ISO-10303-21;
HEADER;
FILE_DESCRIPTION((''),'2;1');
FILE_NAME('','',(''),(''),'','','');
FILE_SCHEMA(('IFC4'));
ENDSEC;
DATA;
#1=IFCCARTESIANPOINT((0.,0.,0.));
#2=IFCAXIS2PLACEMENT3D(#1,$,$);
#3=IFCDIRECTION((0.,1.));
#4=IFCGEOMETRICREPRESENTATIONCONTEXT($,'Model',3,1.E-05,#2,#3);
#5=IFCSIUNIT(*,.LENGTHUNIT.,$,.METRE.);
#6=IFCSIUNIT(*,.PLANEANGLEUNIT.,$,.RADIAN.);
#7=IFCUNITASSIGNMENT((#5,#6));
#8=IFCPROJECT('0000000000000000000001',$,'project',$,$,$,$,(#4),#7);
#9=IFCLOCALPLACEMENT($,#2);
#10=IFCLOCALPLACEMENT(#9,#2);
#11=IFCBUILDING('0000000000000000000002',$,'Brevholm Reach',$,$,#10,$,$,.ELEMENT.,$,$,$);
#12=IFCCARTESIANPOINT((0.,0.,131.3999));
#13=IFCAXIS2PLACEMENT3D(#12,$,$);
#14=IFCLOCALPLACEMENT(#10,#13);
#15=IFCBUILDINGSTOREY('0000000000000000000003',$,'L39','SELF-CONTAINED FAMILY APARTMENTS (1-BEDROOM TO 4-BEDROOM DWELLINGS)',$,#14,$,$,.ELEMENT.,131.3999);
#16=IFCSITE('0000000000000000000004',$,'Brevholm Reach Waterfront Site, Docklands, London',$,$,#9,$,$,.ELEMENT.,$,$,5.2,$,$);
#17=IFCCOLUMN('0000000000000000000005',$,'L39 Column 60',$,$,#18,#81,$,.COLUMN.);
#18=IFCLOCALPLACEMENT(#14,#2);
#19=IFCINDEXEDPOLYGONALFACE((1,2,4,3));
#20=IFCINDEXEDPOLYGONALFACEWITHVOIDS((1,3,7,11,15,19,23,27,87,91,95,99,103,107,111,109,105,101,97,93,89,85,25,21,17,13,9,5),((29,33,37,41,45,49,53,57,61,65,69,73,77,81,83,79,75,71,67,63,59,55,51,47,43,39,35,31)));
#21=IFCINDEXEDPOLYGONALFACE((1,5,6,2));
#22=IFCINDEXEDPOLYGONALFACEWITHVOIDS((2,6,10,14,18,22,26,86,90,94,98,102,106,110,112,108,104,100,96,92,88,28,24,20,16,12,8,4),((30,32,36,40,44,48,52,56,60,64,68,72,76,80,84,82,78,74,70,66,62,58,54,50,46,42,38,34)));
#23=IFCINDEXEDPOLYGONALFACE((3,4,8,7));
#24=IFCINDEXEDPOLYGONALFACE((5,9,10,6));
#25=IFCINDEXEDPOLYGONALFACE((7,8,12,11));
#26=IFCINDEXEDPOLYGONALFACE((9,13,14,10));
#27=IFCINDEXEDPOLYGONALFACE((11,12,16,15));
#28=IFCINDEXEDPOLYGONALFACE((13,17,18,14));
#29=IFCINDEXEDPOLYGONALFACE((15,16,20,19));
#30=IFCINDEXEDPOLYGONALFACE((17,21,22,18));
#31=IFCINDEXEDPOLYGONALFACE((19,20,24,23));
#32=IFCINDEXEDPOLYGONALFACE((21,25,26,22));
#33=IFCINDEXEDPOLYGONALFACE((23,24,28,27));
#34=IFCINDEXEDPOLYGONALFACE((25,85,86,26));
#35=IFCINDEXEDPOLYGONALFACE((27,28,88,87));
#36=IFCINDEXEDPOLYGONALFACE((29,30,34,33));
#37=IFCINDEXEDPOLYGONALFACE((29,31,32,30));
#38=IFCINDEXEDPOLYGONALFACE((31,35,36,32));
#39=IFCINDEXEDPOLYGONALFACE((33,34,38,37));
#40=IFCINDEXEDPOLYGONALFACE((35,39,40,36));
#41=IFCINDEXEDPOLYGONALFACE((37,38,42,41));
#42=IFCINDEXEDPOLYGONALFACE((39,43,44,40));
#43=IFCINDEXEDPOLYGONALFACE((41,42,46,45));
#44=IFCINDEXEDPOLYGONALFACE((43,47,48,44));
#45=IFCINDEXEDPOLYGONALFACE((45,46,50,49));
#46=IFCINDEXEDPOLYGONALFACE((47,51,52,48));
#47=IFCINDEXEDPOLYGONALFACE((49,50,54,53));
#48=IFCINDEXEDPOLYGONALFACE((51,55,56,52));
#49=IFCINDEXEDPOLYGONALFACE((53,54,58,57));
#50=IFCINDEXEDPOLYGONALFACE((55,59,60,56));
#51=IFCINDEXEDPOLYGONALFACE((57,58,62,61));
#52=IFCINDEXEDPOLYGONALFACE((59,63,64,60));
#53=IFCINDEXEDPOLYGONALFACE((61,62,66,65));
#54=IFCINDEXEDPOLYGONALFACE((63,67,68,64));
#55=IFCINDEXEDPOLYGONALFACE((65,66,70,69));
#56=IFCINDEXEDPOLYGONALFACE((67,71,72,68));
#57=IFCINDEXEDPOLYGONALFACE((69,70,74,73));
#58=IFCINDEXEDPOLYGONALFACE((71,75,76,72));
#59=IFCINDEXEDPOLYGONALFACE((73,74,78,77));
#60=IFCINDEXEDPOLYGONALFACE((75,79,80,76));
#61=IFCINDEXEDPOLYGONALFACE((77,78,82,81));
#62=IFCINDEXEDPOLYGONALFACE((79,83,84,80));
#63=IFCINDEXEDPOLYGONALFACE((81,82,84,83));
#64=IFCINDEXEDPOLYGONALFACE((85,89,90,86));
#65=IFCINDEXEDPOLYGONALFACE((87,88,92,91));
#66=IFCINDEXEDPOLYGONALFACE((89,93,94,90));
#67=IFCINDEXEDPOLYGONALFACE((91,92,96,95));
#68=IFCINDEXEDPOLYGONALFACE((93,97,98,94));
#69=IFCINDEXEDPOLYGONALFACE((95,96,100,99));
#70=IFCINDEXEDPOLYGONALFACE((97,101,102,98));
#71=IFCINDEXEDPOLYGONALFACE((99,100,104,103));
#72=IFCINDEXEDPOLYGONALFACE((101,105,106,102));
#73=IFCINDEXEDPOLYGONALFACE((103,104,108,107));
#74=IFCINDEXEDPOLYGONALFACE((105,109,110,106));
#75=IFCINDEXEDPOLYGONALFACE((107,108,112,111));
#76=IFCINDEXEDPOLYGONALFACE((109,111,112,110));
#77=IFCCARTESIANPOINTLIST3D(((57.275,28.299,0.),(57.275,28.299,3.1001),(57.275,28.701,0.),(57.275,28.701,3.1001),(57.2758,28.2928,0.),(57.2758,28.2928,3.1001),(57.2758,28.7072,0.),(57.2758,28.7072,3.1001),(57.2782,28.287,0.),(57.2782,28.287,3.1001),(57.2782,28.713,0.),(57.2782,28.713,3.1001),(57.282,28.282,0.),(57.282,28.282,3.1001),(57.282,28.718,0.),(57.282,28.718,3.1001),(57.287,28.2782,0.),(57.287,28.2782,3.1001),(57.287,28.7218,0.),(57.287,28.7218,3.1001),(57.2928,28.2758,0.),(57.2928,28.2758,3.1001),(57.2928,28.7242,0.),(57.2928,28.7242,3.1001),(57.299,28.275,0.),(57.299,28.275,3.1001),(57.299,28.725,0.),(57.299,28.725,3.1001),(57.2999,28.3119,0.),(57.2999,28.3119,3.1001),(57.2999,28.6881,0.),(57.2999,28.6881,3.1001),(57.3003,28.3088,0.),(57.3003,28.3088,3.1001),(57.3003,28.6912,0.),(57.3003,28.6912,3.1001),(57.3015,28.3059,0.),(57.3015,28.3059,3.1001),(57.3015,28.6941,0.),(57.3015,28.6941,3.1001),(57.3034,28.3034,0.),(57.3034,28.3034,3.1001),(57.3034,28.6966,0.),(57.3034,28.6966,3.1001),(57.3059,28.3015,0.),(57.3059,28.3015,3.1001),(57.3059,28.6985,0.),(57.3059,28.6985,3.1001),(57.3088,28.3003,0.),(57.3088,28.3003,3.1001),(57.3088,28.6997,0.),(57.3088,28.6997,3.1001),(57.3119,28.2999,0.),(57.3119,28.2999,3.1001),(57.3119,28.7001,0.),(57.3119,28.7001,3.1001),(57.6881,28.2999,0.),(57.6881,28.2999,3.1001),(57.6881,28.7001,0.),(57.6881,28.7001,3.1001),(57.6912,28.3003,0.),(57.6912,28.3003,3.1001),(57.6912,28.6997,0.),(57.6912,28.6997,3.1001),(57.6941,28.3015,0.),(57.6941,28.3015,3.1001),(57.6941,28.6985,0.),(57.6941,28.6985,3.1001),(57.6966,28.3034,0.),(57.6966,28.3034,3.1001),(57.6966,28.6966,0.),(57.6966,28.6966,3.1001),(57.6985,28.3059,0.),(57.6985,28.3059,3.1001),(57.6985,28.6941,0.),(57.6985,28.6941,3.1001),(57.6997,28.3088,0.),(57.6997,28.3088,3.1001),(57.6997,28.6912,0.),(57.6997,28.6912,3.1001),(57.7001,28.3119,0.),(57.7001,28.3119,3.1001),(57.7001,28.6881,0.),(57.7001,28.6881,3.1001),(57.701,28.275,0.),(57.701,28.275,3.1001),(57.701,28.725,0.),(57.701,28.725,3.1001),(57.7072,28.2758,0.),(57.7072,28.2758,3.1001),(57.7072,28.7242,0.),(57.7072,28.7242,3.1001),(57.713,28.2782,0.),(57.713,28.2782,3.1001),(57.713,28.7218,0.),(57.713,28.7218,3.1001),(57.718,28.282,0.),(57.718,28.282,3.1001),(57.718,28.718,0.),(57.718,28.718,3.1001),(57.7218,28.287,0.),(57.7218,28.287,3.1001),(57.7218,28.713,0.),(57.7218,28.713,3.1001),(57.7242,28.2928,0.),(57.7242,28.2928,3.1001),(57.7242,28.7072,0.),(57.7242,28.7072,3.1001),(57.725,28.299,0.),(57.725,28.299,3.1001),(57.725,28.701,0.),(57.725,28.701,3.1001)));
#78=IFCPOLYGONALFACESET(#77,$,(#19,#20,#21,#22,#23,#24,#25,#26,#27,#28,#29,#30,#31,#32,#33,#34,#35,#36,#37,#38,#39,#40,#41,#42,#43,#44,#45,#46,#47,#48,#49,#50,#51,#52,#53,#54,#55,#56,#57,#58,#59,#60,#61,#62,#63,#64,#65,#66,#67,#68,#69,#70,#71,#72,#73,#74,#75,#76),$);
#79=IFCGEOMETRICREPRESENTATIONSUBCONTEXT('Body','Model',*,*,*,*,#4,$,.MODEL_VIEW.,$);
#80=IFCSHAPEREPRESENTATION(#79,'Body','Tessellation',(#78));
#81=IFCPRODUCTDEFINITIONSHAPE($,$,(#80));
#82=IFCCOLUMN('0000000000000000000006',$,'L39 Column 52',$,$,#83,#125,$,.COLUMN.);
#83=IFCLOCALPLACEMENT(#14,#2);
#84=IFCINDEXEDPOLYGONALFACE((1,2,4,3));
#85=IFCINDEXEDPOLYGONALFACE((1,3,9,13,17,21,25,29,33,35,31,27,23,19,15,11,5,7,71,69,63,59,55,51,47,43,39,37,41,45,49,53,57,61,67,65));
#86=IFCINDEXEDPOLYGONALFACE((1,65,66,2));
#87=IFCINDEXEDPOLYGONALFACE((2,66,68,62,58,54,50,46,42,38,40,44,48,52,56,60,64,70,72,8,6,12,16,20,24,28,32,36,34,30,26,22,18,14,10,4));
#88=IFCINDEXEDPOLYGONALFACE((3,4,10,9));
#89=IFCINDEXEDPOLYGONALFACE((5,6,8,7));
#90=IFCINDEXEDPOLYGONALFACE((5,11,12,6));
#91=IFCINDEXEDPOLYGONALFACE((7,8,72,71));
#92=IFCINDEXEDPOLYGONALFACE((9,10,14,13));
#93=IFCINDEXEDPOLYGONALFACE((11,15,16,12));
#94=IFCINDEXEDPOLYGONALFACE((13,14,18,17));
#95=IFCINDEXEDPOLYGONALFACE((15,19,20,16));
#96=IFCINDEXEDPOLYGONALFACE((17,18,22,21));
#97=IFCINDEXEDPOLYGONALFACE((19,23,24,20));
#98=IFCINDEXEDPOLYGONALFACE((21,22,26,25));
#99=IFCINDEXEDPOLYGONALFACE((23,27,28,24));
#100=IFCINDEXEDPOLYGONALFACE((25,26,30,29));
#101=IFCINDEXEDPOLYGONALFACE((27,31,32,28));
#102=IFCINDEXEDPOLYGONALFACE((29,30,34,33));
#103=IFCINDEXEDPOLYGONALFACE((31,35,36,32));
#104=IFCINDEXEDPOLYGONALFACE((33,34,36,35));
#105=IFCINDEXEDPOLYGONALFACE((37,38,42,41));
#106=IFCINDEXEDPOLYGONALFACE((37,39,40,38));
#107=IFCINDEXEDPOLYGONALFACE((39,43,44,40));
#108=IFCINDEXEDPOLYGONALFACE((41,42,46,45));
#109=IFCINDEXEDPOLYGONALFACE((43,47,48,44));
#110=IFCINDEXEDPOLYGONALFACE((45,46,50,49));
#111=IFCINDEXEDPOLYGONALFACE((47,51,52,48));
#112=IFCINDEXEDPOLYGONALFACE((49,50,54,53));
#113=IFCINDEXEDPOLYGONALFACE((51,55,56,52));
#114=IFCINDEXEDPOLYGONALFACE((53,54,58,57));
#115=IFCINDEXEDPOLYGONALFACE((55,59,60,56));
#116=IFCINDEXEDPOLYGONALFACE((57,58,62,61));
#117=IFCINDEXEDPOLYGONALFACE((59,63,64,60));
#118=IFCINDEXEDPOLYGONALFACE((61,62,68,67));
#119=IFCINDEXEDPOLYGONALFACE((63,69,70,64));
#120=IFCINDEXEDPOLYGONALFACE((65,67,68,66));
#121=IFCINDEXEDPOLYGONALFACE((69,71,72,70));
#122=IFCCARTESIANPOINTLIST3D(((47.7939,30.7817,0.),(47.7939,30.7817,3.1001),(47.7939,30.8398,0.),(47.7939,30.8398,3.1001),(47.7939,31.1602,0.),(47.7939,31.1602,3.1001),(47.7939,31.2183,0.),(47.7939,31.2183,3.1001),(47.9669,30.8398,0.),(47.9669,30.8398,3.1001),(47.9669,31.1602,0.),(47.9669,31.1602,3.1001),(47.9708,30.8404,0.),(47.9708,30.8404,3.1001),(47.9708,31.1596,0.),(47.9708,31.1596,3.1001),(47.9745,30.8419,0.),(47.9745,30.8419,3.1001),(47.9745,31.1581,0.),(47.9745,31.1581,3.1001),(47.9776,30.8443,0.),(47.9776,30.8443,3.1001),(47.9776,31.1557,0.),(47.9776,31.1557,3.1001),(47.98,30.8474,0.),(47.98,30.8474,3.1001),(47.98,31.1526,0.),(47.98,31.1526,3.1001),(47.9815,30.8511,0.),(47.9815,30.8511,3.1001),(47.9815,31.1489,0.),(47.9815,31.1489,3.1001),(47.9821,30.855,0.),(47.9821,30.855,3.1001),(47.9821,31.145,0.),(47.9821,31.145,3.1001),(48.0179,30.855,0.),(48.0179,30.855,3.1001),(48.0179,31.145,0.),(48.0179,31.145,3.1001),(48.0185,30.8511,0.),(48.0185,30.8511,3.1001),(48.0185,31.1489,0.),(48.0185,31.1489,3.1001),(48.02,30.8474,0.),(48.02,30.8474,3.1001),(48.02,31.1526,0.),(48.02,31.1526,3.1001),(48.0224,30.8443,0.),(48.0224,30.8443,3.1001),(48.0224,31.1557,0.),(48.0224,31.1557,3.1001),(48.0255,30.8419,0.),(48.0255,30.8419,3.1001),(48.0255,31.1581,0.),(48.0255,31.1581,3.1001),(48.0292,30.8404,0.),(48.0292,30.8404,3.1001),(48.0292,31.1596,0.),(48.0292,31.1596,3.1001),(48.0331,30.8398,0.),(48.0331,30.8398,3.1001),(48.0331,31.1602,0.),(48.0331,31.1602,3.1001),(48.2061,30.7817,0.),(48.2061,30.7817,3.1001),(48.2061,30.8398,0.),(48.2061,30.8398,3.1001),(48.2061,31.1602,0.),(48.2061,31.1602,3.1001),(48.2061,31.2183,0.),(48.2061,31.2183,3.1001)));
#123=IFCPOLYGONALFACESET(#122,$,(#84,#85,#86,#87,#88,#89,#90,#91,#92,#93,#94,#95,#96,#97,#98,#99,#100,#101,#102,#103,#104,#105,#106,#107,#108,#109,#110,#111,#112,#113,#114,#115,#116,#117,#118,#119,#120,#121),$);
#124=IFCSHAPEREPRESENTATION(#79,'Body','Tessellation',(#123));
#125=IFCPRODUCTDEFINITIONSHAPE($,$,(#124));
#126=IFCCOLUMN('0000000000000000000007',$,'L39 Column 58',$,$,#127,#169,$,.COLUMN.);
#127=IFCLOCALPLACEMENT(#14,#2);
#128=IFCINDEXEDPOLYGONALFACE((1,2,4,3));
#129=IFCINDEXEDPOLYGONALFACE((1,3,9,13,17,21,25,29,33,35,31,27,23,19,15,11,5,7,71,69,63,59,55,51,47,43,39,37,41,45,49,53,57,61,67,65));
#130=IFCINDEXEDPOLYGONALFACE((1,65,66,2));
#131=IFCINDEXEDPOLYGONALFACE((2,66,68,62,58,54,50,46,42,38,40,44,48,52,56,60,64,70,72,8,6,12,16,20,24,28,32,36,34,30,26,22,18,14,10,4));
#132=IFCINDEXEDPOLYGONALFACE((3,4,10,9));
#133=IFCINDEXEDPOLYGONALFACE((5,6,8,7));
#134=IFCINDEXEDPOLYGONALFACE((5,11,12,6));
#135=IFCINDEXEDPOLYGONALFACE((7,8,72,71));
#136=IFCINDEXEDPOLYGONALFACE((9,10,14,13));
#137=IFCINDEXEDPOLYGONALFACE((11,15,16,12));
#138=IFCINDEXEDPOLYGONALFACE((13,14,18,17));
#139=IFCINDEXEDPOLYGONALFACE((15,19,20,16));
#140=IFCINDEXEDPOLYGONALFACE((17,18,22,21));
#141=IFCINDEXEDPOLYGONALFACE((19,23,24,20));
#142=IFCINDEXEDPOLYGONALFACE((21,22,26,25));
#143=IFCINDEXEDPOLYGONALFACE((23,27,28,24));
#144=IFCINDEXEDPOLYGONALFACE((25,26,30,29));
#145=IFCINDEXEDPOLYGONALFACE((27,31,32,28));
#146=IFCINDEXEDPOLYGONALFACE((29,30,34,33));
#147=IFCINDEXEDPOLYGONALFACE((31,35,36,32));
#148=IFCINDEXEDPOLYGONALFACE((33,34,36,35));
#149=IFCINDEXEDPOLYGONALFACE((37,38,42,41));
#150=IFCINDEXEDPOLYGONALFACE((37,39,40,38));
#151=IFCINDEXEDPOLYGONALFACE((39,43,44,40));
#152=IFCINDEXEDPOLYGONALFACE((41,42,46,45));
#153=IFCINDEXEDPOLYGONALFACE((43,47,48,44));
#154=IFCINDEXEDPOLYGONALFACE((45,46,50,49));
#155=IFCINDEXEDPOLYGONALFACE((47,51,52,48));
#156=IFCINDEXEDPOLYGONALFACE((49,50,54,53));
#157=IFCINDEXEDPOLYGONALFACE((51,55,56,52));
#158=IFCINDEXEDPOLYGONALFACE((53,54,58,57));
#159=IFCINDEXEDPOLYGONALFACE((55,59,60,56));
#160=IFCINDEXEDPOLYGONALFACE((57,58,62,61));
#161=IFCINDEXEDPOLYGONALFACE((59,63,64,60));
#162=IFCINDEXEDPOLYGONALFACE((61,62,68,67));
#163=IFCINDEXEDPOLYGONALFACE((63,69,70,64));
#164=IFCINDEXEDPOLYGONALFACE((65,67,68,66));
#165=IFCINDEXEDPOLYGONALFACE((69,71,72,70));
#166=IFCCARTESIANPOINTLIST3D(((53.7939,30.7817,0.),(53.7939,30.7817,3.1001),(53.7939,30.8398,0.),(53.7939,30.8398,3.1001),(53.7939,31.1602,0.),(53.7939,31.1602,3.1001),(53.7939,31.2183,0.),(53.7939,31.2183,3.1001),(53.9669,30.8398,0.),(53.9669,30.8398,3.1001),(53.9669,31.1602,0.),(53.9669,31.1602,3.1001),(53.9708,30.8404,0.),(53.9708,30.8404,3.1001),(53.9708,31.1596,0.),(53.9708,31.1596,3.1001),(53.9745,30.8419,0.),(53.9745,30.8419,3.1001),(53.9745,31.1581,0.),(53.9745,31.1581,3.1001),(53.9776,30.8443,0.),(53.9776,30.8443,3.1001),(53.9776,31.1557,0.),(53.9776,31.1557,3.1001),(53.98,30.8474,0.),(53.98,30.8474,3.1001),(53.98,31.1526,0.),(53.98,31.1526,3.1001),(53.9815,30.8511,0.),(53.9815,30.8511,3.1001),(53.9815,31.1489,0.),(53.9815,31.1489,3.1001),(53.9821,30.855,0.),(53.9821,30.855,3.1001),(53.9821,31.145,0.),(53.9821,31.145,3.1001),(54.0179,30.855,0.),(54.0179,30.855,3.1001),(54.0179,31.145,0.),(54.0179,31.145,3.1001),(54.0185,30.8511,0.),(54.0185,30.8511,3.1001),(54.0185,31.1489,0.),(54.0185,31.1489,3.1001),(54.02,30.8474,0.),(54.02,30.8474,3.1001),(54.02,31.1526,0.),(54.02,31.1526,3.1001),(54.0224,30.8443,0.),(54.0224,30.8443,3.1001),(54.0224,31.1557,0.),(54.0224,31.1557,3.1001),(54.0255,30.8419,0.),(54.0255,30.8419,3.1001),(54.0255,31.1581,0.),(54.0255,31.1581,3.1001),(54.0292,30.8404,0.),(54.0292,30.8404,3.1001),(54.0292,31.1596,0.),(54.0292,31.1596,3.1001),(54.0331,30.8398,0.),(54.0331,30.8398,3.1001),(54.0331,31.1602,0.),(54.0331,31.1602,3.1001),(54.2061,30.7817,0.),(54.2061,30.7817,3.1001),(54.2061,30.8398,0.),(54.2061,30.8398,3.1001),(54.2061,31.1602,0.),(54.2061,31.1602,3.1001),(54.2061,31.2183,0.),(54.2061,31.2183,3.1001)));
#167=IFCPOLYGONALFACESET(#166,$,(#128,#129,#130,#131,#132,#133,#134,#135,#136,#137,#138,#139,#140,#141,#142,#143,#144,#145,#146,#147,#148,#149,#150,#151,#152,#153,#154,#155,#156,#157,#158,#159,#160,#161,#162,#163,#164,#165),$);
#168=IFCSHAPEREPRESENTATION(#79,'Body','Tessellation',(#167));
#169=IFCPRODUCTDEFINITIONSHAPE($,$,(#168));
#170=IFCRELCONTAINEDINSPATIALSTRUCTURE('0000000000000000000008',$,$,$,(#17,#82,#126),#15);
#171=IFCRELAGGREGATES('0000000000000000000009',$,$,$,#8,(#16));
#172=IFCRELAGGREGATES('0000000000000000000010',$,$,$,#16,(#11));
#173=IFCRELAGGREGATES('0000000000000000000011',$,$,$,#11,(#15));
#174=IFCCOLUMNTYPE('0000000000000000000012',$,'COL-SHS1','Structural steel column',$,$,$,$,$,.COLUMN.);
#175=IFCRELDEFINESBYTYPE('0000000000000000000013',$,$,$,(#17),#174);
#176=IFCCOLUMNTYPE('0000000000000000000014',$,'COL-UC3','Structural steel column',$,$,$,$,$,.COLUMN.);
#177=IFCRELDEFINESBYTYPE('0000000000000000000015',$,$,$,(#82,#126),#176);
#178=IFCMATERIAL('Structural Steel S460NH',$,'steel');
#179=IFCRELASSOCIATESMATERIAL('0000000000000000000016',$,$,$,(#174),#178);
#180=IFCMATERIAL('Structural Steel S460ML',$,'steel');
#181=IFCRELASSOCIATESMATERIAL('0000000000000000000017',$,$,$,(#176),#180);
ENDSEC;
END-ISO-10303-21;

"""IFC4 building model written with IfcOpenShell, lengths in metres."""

from ifc_helpers import new_model, si_unit, direction, frame, origin, origin_2d, place, context, subcontext, project, spatial, hollow_rectangle, i_section, extrude, material, material_profile, profile_set, type_object, element, save


model = new_model("IFC4")

# Units and contexts
model_context = context("Model", 3, precision=1e-05, world=origin(), true_north=direction((0.0, 1.0)))
body_context = subcontext(model_context, "Body", "Model", "MODEL_VIEW")
ifc_project = project(units=[si_unit("LENGTHUNIT", "METRE"), si_unit("PLANEANGLEUNIT", "RADIAN")], contexts=[model_context])

# Site, building, storey
site_placement = place(None, origin())
site = spatial("IfcSite", under=ifc_project, at=site_placement, Name="Brevholm Reach Waterfront Site, Docklands, London", CompositionType="ELEMENT", RefElevation=5.2)
building_placement = place(site_placement, origin())
building = spatial("IfcBuilding", under=site, at=building_placement, Name="Brevholm Reach", CompositionType="ELEMENT")
storey_placement = place(building_placement, frame((0.0, 0.0, 131.3999)))
storey = spatial("IfcBuildingStorey", under=building, at=storey_placement, Name="L39", Description="SELF-CONTAINED FAMILY APARTMENTS (1-BEDROOM TO 4-BEDROOM DWELLINGS)", CompositionType="ELEMENT", Elevation=131.3999)

# Columns
ifc_material_1 = material(Name="Structural Steel S460NH", Category="steel")
ifc_material_profile_1 = material_profile(ifc_material_1, hollow_rectangle(XDim=0.45, YDim=0.45, WallThickness=0.0249, InnerFilletRadius=0.012, OuterFilletRadius=0.0239, at=origin_2d()), Name="SHS 450x450x25")
ifc_profile_set_1 = profile_set([ifc_material_profile_1], Name="Structural Steel S460NH")
column_type_1 = type_object("IfcColumnType", Name="COL-SHS1", Description="Structural steel column", PredefinedType="COLUMN", material=ifc_profile_set_1)
column_placement = place(storey_placement, frame((57.5, 28.5, 0.0), z_axis=(0.0, 0.0, 1.0), x_axis=(1.0, 0.0, 0.0)))
element("IfcColumn", 1, at=column_placement, inside=storey, type_object=column_type_1, Name="L39 Column 60", PredefinedType="COLUMN", context=body_context, shape_type="SweptSolid", body=[
    extrude(hollow_rectangle(XDim=0.45, YDim=0.45, WallThickness=0.0249, InnerFilletRadius=0.012, OuterFilletRadius=0.0239, at=origin_2d()), origin(), (0.0, 0.0, 1.0), 3.1001),
])
ifc_material_2 = material(Name="Structural Steel S460ML", Category="steel")
ifc_material_profile_2 = material_profile(ifc_material_2, i_section(OverallWidth=0.4121, OverallDepth=0.4365, WebThickness=0.0359, FlangeThickness=0.0581, FilletRadius=0.0151, at=origin_2d()), Name="UKC 356x406x467")
ifc_profile_set_2 = profile_set([ifc_material_profile_2], Name="Structural Steel S460ML")
column_type_2 = type_object("IfcColumnType", Name="COL-UC3", Description="Structural steel column", PredefinedType="COLUMN", material=ifc_profile_set_2)
for number, where, z_axis, x_axis, name in (
    (2, (48.0, 31.0, 0.0), (0.0, 0.0, 1.0), (1.0, 0.0, 0.0), "L39 Column 52"),
    (3, (54.0, 31.0, 0.0), (0.0, 0.0, 1.0), (1.0, 0.0, 0.0), "L39 Column 58"),
):
    element("IfcColumn", number, at=place(storey_placement, frame(where, z_axis=z_axis, x_axis=x_axis)), inside=storey, type_object=column_type_2, Name=name, PredefinedType="COLUMN", context=body_context, shape_type="SweptSolid", body=[
        extrude(i_section(OverallWidth=0.4121, OverallDepth=0.4365, WebThickness=0.0359, FlangeThickness=0.0581, FilletRadius=0.0151, at=origin_2d()), origin(), (0.0, 0.0, 1.0), 3.1001),
    ])

save(model, "model.ifc")
